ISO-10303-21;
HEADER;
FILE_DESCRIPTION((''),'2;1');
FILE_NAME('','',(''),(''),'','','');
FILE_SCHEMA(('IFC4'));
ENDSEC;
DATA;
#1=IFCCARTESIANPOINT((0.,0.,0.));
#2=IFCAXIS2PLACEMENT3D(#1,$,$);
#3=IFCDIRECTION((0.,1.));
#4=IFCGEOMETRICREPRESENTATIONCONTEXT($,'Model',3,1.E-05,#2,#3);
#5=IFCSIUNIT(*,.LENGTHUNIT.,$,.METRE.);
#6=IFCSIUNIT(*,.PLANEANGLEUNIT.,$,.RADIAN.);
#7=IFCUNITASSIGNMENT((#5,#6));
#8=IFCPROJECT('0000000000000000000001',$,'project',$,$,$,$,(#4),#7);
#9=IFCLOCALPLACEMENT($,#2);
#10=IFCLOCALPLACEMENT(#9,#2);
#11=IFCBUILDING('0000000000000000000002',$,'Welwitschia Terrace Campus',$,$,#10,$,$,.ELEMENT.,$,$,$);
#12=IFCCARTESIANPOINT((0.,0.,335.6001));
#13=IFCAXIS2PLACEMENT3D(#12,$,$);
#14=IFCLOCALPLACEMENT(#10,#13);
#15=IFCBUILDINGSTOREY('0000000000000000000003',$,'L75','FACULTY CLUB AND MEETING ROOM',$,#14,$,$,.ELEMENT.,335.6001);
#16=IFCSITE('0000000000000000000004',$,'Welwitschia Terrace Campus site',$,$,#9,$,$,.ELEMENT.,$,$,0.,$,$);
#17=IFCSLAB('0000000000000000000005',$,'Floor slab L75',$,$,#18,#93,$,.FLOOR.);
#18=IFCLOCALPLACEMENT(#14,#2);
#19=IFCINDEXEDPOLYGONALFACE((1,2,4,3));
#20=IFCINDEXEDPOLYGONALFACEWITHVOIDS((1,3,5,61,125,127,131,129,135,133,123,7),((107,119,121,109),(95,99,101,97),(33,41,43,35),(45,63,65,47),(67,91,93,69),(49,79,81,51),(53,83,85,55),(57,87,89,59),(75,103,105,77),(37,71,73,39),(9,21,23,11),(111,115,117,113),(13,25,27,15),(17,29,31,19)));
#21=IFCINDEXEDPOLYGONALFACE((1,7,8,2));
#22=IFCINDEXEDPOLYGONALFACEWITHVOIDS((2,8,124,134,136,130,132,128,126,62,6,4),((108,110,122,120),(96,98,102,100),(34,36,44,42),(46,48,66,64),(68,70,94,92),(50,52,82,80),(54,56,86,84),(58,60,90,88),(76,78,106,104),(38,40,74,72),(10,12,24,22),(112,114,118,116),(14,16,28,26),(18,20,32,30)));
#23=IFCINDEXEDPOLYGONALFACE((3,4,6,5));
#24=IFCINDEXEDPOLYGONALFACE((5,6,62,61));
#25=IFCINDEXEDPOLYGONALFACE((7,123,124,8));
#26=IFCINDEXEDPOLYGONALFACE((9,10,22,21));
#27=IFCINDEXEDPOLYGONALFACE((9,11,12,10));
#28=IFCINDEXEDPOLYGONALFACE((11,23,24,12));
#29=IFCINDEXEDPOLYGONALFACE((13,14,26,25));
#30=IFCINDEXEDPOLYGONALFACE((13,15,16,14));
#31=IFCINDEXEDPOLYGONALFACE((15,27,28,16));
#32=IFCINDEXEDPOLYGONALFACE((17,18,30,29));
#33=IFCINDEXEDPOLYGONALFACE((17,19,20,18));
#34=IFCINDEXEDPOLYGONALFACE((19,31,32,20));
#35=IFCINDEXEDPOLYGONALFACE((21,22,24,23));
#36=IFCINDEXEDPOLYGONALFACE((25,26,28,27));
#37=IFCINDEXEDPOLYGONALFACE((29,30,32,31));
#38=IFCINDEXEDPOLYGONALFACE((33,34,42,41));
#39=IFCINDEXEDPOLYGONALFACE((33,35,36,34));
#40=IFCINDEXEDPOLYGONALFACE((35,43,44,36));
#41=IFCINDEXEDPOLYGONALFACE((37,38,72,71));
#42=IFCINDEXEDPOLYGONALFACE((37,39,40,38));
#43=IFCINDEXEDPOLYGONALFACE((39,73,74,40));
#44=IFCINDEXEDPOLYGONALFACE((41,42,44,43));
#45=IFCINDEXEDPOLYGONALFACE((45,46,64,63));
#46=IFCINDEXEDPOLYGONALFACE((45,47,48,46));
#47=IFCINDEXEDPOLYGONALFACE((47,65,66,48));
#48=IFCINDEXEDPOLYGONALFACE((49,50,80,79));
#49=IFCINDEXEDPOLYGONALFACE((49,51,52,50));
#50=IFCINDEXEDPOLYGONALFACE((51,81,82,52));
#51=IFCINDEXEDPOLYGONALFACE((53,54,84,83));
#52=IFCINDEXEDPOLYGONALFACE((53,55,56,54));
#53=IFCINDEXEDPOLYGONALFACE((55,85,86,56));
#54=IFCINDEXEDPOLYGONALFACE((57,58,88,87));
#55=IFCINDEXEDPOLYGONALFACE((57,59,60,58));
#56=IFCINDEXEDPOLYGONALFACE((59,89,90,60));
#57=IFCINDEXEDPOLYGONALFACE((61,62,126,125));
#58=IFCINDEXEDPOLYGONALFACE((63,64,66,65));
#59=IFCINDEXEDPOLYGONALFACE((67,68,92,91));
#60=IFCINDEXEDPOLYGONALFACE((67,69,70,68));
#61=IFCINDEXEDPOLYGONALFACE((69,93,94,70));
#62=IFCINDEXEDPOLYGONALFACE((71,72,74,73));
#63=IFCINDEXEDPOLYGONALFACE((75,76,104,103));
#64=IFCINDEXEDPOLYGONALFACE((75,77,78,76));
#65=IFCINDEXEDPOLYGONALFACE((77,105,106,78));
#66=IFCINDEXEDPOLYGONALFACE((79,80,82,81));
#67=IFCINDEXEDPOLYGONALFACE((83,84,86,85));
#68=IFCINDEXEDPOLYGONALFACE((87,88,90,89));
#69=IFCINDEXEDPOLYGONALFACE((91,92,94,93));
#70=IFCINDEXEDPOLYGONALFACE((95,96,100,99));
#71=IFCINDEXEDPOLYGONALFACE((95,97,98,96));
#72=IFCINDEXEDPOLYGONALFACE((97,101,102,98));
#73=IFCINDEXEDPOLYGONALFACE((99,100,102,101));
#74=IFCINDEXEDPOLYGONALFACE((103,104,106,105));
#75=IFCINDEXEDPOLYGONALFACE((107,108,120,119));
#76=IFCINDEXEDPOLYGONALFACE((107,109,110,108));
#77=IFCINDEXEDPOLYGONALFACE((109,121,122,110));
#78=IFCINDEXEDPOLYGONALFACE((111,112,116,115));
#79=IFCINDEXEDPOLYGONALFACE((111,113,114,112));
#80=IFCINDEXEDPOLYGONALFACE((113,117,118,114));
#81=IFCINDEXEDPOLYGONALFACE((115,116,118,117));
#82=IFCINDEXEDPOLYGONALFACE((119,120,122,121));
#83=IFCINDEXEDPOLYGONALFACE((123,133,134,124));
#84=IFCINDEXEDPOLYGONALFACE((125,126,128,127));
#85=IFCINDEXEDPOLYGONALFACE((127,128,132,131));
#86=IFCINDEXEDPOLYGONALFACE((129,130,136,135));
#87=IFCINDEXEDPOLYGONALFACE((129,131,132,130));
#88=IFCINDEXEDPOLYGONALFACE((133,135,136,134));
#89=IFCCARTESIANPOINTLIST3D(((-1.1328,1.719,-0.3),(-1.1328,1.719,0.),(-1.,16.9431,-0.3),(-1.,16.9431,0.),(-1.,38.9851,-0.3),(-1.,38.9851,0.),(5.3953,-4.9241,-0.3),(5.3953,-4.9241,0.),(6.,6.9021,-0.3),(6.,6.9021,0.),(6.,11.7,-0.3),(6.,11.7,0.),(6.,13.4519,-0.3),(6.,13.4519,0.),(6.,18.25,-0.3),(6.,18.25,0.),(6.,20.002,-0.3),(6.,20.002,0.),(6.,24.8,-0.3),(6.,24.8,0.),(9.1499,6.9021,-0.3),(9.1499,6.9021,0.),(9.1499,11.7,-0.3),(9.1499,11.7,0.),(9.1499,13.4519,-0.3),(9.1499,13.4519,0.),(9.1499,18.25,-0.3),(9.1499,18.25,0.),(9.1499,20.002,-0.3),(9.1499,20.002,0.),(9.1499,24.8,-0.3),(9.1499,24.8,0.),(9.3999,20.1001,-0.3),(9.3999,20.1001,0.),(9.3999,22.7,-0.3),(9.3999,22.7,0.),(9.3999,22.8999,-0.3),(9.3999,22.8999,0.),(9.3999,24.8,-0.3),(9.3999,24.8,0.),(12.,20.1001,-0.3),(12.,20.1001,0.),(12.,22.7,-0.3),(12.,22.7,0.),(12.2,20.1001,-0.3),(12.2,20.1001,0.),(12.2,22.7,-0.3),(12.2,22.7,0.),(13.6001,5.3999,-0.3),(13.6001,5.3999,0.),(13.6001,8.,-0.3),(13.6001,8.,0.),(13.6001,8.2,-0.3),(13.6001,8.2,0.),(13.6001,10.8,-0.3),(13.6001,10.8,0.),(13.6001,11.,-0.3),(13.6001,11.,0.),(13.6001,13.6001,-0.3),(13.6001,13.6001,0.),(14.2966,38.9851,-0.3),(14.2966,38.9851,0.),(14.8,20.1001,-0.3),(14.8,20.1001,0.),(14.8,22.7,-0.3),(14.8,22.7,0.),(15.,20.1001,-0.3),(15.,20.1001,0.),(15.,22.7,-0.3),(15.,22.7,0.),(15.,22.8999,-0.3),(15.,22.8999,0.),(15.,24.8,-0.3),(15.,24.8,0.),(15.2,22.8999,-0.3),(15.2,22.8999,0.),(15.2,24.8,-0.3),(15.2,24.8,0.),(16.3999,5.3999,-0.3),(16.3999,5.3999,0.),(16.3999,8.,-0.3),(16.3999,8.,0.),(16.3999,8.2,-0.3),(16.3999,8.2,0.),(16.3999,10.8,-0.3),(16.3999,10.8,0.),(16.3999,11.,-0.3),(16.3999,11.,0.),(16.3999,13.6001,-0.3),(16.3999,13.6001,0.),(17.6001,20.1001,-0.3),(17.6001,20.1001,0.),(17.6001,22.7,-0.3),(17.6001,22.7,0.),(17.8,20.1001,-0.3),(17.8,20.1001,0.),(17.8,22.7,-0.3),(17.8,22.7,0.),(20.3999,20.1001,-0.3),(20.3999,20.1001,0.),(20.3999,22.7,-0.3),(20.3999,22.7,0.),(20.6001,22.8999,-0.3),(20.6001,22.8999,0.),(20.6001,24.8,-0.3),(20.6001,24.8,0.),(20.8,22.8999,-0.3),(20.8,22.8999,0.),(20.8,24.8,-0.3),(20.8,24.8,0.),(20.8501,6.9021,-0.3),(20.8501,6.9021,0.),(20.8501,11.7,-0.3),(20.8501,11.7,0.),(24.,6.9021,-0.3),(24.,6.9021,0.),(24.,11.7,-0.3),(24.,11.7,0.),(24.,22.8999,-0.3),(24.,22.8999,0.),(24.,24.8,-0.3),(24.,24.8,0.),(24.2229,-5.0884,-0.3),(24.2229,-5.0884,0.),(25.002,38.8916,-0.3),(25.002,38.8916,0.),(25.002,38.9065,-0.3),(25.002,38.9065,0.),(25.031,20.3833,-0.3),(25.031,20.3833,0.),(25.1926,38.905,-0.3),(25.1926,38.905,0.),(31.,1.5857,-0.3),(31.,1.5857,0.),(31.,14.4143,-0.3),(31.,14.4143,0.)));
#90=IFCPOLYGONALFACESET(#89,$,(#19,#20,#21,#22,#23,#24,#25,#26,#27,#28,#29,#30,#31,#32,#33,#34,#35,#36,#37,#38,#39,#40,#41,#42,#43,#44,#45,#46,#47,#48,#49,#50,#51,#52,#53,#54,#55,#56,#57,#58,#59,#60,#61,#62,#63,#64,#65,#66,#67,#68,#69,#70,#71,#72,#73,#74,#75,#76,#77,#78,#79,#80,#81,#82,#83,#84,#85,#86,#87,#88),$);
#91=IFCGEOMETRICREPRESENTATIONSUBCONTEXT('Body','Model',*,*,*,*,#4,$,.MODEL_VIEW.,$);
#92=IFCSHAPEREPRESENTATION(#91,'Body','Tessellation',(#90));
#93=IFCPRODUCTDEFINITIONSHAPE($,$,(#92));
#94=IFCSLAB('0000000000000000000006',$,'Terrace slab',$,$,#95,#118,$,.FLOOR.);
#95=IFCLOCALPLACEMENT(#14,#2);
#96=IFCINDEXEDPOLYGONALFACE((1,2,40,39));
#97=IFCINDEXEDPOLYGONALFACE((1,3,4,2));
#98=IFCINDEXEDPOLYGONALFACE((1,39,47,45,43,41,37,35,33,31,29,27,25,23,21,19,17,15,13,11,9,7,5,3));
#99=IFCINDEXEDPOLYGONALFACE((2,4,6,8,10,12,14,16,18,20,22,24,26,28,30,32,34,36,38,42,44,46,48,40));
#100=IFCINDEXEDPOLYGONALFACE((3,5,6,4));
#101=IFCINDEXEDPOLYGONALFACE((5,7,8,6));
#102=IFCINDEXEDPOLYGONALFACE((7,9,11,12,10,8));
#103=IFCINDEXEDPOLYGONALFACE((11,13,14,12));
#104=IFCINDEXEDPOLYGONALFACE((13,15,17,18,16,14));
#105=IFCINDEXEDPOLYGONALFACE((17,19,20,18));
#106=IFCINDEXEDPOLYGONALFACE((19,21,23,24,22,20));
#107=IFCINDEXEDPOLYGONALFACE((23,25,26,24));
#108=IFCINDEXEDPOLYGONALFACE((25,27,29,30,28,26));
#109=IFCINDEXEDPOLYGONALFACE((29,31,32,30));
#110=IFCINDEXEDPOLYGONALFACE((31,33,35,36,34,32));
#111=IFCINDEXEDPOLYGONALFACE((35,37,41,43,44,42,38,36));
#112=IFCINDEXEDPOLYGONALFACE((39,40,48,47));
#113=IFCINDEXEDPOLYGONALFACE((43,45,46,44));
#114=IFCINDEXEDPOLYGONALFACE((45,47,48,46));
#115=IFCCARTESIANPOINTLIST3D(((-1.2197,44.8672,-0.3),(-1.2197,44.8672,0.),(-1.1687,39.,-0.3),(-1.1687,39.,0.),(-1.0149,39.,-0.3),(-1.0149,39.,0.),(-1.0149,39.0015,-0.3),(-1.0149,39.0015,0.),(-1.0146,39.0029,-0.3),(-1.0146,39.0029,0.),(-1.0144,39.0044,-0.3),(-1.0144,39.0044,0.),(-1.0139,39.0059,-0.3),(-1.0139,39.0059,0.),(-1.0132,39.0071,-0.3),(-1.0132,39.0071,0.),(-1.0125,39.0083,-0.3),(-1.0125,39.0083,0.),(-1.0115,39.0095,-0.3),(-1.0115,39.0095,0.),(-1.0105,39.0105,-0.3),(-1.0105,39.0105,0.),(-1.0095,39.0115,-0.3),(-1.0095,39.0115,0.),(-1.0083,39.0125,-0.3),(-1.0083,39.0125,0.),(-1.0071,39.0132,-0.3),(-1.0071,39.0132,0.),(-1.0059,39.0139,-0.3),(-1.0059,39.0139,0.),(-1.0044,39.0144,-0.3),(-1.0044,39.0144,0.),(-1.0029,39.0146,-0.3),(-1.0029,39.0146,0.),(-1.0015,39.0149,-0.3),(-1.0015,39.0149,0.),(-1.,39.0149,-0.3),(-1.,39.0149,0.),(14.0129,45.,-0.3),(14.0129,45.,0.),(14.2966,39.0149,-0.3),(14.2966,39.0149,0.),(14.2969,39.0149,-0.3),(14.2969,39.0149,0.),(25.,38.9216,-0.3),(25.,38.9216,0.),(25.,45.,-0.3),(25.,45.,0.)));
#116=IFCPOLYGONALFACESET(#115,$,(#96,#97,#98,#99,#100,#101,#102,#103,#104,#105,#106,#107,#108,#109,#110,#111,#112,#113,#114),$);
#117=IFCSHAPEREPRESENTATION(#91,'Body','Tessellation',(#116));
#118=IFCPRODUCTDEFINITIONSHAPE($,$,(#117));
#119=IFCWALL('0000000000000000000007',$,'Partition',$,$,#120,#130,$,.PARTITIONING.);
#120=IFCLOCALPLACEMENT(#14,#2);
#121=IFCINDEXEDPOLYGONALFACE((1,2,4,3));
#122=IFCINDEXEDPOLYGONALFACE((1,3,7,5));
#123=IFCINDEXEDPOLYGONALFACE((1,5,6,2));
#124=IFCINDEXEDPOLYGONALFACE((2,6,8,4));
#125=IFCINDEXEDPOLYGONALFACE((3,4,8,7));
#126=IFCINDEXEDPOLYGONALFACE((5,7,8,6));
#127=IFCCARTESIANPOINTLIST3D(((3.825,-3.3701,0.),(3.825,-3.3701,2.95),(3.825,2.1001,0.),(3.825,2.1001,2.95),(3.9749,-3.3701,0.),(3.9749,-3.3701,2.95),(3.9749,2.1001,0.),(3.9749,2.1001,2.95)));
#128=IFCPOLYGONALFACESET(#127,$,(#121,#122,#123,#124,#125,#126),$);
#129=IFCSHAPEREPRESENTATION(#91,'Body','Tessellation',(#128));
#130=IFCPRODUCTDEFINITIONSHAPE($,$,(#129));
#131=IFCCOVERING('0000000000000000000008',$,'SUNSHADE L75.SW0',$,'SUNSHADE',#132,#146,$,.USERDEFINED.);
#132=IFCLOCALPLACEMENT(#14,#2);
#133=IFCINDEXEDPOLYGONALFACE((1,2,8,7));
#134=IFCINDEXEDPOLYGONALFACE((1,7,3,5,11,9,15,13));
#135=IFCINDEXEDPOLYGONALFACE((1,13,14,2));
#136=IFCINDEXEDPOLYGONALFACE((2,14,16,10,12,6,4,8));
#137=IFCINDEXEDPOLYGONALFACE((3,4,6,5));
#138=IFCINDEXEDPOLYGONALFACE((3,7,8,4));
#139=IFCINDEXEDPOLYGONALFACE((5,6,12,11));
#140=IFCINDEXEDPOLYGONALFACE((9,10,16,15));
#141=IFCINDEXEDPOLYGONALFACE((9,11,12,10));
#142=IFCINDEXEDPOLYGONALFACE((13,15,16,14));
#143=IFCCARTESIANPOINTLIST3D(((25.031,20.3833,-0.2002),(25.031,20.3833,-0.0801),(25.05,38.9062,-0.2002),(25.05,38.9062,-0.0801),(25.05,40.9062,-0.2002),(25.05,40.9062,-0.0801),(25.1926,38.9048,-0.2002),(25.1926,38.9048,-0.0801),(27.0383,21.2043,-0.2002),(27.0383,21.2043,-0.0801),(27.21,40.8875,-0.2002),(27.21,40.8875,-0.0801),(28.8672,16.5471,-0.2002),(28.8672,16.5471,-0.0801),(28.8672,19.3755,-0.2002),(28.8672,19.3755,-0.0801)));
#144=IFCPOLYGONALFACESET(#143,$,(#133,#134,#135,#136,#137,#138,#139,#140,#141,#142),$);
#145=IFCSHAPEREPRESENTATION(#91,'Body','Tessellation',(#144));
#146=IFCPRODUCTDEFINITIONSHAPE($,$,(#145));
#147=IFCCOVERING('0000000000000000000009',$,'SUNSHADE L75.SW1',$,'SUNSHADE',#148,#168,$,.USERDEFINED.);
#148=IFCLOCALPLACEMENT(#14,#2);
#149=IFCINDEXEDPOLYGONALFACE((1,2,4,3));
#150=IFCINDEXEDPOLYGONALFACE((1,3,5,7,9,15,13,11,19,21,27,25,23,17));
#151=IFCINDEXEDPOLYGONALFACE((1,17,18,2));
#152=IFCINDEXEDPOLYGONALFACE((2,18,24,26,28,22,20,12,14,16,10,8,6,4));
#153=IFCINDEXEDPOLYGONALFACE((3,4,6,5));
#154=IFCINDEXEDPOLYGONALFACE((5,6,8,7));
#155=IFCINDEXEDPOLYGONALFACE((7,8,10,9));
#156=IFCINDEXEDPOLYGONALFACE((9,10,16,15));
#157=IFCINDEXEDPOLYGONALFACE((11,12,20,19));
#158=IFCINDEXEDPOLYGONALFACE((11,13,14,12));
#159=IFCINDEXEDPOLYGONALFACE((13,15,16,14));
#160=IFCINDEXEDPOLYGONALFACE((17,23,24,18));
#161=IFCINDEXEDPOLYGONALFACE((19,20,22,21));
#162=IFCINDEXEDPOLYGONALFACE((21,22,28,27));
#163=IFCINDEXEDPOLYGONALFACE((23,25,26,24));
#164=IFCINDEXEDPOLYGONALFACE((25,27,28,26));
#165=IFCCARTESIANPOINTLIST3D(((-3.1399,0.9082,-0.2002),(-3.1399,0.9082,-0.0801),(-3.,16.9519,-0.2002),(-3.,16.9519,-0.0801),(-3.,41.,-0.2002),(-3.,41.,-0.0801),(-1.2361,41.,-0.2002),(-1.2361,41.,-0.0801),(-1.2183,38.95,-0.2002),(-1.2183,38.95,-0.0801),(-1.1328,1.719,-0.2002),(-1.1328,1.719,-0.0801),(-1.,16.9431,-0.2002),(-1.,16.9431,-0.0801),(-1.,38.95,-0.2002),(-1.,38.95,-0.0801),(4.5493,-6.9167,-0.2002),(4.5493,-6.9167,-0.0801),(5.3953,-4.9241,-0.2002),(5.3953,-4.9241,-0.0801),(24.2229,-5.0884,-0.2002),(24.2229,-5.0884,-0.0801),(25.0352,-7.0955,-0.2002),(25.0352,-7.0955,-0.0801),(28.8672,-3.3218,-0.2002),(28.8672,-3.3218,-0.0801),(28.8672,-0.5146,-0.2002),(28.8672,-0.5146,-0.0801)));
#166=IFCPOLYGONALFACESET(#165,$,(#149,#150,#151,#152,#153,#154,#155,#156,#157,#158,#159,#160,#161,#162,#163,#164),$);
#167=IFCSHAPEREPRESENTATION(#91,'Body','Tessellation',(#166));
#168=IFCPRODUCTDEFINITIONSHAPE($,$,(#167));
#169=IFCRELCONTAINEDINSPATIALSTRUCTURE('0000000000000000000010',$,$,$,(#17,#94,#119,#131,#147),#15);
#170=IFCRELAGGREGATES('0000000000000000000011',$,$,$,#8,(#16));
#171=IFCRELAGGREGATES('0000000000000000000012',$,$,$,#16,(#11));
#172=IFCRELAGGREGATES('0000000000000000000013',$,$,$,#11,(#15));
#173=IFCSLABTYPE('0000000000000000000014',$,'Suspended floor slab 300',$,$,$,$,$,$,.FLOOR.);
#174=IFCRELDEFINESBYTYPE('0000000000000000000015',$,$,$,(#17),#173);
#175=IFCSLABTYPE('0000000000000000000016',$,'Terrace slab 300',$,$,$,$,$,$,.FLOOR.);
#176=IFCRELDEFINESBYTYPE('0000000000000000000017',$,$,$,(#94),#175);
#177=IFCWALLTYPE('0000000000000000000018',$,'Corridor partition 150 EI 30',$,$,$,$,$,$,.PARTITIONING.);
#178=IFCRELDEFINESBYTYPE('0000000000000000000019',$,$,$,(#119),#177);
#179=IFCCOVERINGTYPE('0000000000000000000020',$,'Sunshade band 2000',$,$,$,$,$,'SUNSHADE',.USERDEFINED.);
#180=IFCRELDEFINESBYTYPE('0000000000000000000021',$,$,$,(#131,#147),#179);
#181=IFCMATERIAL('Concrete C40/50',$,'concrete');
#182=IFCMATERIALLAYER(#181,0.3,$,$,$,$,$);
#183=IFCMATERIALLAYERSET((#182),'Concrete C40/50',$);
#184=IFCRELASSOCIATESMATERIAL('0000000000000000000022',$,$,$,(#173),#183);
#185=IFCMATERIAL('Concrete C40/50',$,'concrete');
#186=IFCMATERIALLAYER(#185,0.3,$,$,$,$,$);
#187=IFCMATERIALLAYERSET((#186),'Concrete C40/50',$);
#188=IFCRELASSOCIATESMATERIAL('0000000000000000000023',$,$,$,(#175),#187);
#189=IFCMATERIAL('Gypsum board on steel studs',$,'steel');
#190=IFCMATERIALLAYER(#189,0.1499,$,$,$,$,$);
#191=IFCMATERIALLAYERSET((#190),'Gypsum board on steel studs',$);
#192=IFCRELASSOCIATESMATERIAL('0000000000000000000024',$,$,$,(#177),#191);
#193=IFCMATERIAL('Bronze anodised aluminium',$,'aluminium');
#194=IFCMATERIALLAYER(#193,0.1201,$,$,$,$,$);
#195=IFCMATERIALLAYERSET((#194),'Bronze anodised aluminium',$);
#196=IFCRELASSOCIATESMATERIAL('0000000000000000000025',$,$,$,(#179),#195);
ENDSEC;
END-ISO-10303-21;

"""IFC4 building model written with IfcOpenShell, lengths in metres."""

from ifc_helpers import new_model, si_unit, direction, frame, frame_2d, origin, place, context, subcontext, project, spatial, polyline, rectangle, outline, extrude, material, layer, layer_set, type_object, element, save


model = new_model("IFC4")

# Units and contexts
model_context = context("Model", 3, precision=1e-05, world=origin(), true_north=direction((0.0, 1.0)))
body_context = subcontext(model_context, "Body", "Model", "MODEL_VIEW")
ifc_project = project(units=[si_unit("LENGTHUNIT", "METRE"), si_unit("PLANEANGLEUNIT", "RADIAN")], contexts=[model_context])

# Site, building, storey
site_placement = place(None, origin())
site = spatial("IfcSite", under=ifc_project, at=site_placement, Name="Welwitschia Terrace Campus site", CompositionType="ELEMENT", RefElevation=0.0)
building_placement = place(site_placement, origin())
building = spatial("IfcBuilding", under=site, at=building_placement, Name="Welwitschia Terrace Campus", CompositionType="ELEMENT")
storey_placement = place(building_placement, frame((0.0, 0.0, 335.6001)))
storey = spatial("IfcBuildingStorey", under=building, at=storey_placement, Name="L75", Description="FACULTY CLUB AND MEETING ROOM", CompositionType="ELEMENT", Elevation=335.6001)

# Slabs
ifc_material_1 = material(Name="Concrete C40/50", Category="concrete")
ifc_layer_1 = layer(ifc_material_1, 0.3)
ifc_layer_set_1 = layer_set([ifc_layer_1], Name="Concrete C40/50")
slab_type_1 = type_object("IfcSlabType", Name="Suspended floor slab 300", PredefinedType="FLOOR", material=ifc_layer_set_1)
slab_1_placement = place(storey_placement, frame((0.0, 0.0, -0.3)))
element("IfcSlab", 1, at=slab_1_placement, inside=storey, type_object=slab_type_1, Name="Floor slab L75", PredefinedType="FLOOR", context=body_context, shape_type="SweptSolid", body=[
    extrude(outline(polyline([(25.031, 20.3833), (31.0, 14.4143), (31.0, 1.5857), (24.2229, -5.0884), (5.3953, -4.9241), (-1.1328, 1.719), (-1.0, 16.9431), (-1.0, 38.9851), (14.2966, 38.9851), (25.002, 38.8916), (25.002, 38.9065), (25.1926, 38.905), (25.031, 20.3833)]), holes=[polyline([(13.6001, 5.3999), (16.3999, 5.3999), (16.3999, 8.0), (13.6001, 8.0), (13.6001, 5.3999)]), polyline([(6.0, 11.7), (6.0, 6.9021), (9.1499, 6.9021), (9.1499, 11.7), (6.0, 11.7)]), polyline([(6.0, 18.25), (6.0, 13.4519), (9.1499, 13.4519), (9.1499, 18.25), (6.0, 18.25)]), polyline([(9.3999, 22.7), (9.3999, 20.1001), (12.0, 20.1001), (12.0, 22.7), (9.3999, 22.7)]), polyline([(12.2, 22.7), (12.2, 20.1001), (14.8, 20.1001), (14.8, 22.7), (12.2, 22.7)]), polyline([(6.0, 24.8), (6.0, 20.002), (9.1499, 20.002), (9.1499, 24.8), (6.0, 24.8)]), polyline([(9.3999, 24.8), (9.3999, 22.8999), (15.0, 22.8999), (15.0, 24.8), (9.3999, 24.8)]), polyline([(20.8501, 6.9021), (24.0, 6.9021), (24.0, 11.7), (20.8501, 11.7), (20.8501, 6.9021)]), polyline([(13.6001, 10.8), (13.6001, 8.2), (16.3999, 8.2), (16.3999, 10.8), (13.6001, 10.8)]), polyline([(13.6001, 13.6001), (13.6001, 11.0), (16.3999, 11.0), (16.3999, 13.6001), (13.6001, 13.6001)]), polyline([(15.0, 22.7), (15.0, 20.1001), (17.6001, 20.1001), (17.6001, 22.7), (15.0, 22.7)]), polyline([(17.8, 22.7), (17.8, 20.1001), (20.3999, 20.1001), (20.3999, 22.7), (17.8, 22.7)]), polyline([(15.2, 24.8), (15.2, 22.8999), (20.6001, 22.8999), (20.6001, 24.8), (15.2, 24.8)]), polyline([(20.8, 24.8), (20.8, 22.8999), (24.0, 22.8999), (24.0, 24.8), (20.8, 24.8)])]), origin(), (0.0, 0.0, 1.0), 0.3),
])
ifc_material_2 = material(Name="Concrete C40/50", Category="concrete")
ifc_layer_2 = layer(ifc_material_2, 0.3)
ifc_layer_set_2 = layer_set([ifc_layer_2], Name="Concrete C40/50")
slab_type_2 = type_object("IfcSlabType", Name="Terrace slab 300", PredefinedType="FLOOR", material=ifc_layer_set_2)
slab_2_placement = place(storey_placement, frame((0.0, 0.0, -0.3)))
element("IfcSlab", 2, at=slab_2_placement, inside=storey, type_object=slab_type_2, Name="Terrace slab", PredefinedType="FLOOR", context=body_context, shape_type="SweptSolid", body=[
    extrude(outline(polyline([(-1.1687, 39.0), (-1.2197, 44.8672), (14.0129, 45.0), (25.0, 45.0), (25.0, 38.9216), (14.2969, 39.0149), (14.2966, 39.0149), (-1.0, 39.0149), (-1.0015, 39.0149), (-1.0029, 39.0146), (-1.0044, 39.0144), (-1.0059, 39.0139), (-1.0071, 39.0132), (-1.0083, 39.0125), (-1.0095, 39.0115), (-1.0105, 39.0105), (-1.0115, 39.0095), (-1.0125, 39.0083), (-1.0132, 39.0071), (-1.0139, 39.0059), (-1.0144, 39.0044), (-1.0146, 39.0029), (-1.0149, 39.0015), (-1.0149, 39.0), (-1.1687, 39.0)])), origin(), (0.0, 0.0, 1.0), 0.3),
])

# Wall
ifc_material_3 = material(Name="Gypsum board on steel studs", Category="steel")
ifc_layer_3 = layer(ifc_material_3, 0.1499)
ifc_layer_set_3 = layer_set([ifc_layer_3], Name="Gypsum board on steel studs")
wall_type = type_object("IfcWallType", Name="Corridor partition 150 EI 30", PredefinedType="PARTITIONING", material=ifc_layer_set_3)
wall_placement = place(storey_placement, frame((3.8999, -3.3701, 0.0), z_axis=(0.0, 0.0, 1.0), x_axis=(0.0, 1.0, 0.0)))
element("IfcWall", 3, at=wall_placement, inside=storey, type_object=wall_type, Name="Partition", PredefinedType="PARTITIONING", context=body_context, shape_type="SweptSolid", body=[
    extrude(rectangle(XDim=5.4702, YDim=0.1499, at=frame_2d((2.7351, 0.0))), origin(), (0.0, 0.0, 1.0), 2.95),
])

# Coverings
ifc_material_4 = material(Name="Bronze anodised aluminium", Category="aluminium")
ifc_layer_4 = layer(ifc_material_4, 0.1201)
ifc_layer_set_4 = layer_set([ifc_layer_4], Name="Bronze anodised aluminium")
covering_type_1 = type_object("IfcCoveringType", Name="Sunshade band 2000", ElementType="SUNSHADE", PredefinedType="USERDEFINED", material=ifc_layer_set_4)
covering_1_placement = place(storey_placement, frame((0.0, 0.0, -0.2002)))
element("IfcCovering", 4, at=covering_1_placement, inside=storey, type_object=covering_type_1, Name="SUNSHADE L75.SW0", ObjectType="SUNSHADE", PredefinedType="USERDEFINED", context=body_context, shape_type="SweptSolid", body=[
    extrude(outline(polyline([(28.8672, 19.3755), (28.8672, 16.5471), (25.031, 20.3833), (25.1926, 38.9048), (25.05, 38.9062), (25.05, 40.9062), (27.21, 40.8875), (27.0383, 21.2043), (28.8672, 19.3755)])), origin(), (0.0, 0.0, 1.0), 0.1201),
])
covering_2_placement = place(storey_placement, frame((0.0, 0.0, -0.2002)))
element("IfcCovering", 5, at=covering_2_placement, inside=storey, type_object=covering_type_1, Name="SUNSHADE L75.SW1", ObjectType="SUNSHADE", PredefinedType="USERDEFINED", context=body_context, shape_type="SweptSolid", body=[
    extrude(outline(polyline([(25.0352, -7.0955), (4.5493, -6.9167), (-3.1399, 0.9082), (-3.0, 16.9519), (-3.0, 41.0), (-1.2361, 41.0), (-1.2183, 38.95), (-1.0, 38.95), (-1.0, 16.9431), (-1.1328, 1.719), (5.3953, -4.9241), (24.2229, -5.0884), (28.8672, -0.5146), (28.8672, -3.3218), (25.0352, -7.0955)])), origin(), (0.0, 0.0, 1.0), 0.1201),
])

save(model, "model.ifc")
